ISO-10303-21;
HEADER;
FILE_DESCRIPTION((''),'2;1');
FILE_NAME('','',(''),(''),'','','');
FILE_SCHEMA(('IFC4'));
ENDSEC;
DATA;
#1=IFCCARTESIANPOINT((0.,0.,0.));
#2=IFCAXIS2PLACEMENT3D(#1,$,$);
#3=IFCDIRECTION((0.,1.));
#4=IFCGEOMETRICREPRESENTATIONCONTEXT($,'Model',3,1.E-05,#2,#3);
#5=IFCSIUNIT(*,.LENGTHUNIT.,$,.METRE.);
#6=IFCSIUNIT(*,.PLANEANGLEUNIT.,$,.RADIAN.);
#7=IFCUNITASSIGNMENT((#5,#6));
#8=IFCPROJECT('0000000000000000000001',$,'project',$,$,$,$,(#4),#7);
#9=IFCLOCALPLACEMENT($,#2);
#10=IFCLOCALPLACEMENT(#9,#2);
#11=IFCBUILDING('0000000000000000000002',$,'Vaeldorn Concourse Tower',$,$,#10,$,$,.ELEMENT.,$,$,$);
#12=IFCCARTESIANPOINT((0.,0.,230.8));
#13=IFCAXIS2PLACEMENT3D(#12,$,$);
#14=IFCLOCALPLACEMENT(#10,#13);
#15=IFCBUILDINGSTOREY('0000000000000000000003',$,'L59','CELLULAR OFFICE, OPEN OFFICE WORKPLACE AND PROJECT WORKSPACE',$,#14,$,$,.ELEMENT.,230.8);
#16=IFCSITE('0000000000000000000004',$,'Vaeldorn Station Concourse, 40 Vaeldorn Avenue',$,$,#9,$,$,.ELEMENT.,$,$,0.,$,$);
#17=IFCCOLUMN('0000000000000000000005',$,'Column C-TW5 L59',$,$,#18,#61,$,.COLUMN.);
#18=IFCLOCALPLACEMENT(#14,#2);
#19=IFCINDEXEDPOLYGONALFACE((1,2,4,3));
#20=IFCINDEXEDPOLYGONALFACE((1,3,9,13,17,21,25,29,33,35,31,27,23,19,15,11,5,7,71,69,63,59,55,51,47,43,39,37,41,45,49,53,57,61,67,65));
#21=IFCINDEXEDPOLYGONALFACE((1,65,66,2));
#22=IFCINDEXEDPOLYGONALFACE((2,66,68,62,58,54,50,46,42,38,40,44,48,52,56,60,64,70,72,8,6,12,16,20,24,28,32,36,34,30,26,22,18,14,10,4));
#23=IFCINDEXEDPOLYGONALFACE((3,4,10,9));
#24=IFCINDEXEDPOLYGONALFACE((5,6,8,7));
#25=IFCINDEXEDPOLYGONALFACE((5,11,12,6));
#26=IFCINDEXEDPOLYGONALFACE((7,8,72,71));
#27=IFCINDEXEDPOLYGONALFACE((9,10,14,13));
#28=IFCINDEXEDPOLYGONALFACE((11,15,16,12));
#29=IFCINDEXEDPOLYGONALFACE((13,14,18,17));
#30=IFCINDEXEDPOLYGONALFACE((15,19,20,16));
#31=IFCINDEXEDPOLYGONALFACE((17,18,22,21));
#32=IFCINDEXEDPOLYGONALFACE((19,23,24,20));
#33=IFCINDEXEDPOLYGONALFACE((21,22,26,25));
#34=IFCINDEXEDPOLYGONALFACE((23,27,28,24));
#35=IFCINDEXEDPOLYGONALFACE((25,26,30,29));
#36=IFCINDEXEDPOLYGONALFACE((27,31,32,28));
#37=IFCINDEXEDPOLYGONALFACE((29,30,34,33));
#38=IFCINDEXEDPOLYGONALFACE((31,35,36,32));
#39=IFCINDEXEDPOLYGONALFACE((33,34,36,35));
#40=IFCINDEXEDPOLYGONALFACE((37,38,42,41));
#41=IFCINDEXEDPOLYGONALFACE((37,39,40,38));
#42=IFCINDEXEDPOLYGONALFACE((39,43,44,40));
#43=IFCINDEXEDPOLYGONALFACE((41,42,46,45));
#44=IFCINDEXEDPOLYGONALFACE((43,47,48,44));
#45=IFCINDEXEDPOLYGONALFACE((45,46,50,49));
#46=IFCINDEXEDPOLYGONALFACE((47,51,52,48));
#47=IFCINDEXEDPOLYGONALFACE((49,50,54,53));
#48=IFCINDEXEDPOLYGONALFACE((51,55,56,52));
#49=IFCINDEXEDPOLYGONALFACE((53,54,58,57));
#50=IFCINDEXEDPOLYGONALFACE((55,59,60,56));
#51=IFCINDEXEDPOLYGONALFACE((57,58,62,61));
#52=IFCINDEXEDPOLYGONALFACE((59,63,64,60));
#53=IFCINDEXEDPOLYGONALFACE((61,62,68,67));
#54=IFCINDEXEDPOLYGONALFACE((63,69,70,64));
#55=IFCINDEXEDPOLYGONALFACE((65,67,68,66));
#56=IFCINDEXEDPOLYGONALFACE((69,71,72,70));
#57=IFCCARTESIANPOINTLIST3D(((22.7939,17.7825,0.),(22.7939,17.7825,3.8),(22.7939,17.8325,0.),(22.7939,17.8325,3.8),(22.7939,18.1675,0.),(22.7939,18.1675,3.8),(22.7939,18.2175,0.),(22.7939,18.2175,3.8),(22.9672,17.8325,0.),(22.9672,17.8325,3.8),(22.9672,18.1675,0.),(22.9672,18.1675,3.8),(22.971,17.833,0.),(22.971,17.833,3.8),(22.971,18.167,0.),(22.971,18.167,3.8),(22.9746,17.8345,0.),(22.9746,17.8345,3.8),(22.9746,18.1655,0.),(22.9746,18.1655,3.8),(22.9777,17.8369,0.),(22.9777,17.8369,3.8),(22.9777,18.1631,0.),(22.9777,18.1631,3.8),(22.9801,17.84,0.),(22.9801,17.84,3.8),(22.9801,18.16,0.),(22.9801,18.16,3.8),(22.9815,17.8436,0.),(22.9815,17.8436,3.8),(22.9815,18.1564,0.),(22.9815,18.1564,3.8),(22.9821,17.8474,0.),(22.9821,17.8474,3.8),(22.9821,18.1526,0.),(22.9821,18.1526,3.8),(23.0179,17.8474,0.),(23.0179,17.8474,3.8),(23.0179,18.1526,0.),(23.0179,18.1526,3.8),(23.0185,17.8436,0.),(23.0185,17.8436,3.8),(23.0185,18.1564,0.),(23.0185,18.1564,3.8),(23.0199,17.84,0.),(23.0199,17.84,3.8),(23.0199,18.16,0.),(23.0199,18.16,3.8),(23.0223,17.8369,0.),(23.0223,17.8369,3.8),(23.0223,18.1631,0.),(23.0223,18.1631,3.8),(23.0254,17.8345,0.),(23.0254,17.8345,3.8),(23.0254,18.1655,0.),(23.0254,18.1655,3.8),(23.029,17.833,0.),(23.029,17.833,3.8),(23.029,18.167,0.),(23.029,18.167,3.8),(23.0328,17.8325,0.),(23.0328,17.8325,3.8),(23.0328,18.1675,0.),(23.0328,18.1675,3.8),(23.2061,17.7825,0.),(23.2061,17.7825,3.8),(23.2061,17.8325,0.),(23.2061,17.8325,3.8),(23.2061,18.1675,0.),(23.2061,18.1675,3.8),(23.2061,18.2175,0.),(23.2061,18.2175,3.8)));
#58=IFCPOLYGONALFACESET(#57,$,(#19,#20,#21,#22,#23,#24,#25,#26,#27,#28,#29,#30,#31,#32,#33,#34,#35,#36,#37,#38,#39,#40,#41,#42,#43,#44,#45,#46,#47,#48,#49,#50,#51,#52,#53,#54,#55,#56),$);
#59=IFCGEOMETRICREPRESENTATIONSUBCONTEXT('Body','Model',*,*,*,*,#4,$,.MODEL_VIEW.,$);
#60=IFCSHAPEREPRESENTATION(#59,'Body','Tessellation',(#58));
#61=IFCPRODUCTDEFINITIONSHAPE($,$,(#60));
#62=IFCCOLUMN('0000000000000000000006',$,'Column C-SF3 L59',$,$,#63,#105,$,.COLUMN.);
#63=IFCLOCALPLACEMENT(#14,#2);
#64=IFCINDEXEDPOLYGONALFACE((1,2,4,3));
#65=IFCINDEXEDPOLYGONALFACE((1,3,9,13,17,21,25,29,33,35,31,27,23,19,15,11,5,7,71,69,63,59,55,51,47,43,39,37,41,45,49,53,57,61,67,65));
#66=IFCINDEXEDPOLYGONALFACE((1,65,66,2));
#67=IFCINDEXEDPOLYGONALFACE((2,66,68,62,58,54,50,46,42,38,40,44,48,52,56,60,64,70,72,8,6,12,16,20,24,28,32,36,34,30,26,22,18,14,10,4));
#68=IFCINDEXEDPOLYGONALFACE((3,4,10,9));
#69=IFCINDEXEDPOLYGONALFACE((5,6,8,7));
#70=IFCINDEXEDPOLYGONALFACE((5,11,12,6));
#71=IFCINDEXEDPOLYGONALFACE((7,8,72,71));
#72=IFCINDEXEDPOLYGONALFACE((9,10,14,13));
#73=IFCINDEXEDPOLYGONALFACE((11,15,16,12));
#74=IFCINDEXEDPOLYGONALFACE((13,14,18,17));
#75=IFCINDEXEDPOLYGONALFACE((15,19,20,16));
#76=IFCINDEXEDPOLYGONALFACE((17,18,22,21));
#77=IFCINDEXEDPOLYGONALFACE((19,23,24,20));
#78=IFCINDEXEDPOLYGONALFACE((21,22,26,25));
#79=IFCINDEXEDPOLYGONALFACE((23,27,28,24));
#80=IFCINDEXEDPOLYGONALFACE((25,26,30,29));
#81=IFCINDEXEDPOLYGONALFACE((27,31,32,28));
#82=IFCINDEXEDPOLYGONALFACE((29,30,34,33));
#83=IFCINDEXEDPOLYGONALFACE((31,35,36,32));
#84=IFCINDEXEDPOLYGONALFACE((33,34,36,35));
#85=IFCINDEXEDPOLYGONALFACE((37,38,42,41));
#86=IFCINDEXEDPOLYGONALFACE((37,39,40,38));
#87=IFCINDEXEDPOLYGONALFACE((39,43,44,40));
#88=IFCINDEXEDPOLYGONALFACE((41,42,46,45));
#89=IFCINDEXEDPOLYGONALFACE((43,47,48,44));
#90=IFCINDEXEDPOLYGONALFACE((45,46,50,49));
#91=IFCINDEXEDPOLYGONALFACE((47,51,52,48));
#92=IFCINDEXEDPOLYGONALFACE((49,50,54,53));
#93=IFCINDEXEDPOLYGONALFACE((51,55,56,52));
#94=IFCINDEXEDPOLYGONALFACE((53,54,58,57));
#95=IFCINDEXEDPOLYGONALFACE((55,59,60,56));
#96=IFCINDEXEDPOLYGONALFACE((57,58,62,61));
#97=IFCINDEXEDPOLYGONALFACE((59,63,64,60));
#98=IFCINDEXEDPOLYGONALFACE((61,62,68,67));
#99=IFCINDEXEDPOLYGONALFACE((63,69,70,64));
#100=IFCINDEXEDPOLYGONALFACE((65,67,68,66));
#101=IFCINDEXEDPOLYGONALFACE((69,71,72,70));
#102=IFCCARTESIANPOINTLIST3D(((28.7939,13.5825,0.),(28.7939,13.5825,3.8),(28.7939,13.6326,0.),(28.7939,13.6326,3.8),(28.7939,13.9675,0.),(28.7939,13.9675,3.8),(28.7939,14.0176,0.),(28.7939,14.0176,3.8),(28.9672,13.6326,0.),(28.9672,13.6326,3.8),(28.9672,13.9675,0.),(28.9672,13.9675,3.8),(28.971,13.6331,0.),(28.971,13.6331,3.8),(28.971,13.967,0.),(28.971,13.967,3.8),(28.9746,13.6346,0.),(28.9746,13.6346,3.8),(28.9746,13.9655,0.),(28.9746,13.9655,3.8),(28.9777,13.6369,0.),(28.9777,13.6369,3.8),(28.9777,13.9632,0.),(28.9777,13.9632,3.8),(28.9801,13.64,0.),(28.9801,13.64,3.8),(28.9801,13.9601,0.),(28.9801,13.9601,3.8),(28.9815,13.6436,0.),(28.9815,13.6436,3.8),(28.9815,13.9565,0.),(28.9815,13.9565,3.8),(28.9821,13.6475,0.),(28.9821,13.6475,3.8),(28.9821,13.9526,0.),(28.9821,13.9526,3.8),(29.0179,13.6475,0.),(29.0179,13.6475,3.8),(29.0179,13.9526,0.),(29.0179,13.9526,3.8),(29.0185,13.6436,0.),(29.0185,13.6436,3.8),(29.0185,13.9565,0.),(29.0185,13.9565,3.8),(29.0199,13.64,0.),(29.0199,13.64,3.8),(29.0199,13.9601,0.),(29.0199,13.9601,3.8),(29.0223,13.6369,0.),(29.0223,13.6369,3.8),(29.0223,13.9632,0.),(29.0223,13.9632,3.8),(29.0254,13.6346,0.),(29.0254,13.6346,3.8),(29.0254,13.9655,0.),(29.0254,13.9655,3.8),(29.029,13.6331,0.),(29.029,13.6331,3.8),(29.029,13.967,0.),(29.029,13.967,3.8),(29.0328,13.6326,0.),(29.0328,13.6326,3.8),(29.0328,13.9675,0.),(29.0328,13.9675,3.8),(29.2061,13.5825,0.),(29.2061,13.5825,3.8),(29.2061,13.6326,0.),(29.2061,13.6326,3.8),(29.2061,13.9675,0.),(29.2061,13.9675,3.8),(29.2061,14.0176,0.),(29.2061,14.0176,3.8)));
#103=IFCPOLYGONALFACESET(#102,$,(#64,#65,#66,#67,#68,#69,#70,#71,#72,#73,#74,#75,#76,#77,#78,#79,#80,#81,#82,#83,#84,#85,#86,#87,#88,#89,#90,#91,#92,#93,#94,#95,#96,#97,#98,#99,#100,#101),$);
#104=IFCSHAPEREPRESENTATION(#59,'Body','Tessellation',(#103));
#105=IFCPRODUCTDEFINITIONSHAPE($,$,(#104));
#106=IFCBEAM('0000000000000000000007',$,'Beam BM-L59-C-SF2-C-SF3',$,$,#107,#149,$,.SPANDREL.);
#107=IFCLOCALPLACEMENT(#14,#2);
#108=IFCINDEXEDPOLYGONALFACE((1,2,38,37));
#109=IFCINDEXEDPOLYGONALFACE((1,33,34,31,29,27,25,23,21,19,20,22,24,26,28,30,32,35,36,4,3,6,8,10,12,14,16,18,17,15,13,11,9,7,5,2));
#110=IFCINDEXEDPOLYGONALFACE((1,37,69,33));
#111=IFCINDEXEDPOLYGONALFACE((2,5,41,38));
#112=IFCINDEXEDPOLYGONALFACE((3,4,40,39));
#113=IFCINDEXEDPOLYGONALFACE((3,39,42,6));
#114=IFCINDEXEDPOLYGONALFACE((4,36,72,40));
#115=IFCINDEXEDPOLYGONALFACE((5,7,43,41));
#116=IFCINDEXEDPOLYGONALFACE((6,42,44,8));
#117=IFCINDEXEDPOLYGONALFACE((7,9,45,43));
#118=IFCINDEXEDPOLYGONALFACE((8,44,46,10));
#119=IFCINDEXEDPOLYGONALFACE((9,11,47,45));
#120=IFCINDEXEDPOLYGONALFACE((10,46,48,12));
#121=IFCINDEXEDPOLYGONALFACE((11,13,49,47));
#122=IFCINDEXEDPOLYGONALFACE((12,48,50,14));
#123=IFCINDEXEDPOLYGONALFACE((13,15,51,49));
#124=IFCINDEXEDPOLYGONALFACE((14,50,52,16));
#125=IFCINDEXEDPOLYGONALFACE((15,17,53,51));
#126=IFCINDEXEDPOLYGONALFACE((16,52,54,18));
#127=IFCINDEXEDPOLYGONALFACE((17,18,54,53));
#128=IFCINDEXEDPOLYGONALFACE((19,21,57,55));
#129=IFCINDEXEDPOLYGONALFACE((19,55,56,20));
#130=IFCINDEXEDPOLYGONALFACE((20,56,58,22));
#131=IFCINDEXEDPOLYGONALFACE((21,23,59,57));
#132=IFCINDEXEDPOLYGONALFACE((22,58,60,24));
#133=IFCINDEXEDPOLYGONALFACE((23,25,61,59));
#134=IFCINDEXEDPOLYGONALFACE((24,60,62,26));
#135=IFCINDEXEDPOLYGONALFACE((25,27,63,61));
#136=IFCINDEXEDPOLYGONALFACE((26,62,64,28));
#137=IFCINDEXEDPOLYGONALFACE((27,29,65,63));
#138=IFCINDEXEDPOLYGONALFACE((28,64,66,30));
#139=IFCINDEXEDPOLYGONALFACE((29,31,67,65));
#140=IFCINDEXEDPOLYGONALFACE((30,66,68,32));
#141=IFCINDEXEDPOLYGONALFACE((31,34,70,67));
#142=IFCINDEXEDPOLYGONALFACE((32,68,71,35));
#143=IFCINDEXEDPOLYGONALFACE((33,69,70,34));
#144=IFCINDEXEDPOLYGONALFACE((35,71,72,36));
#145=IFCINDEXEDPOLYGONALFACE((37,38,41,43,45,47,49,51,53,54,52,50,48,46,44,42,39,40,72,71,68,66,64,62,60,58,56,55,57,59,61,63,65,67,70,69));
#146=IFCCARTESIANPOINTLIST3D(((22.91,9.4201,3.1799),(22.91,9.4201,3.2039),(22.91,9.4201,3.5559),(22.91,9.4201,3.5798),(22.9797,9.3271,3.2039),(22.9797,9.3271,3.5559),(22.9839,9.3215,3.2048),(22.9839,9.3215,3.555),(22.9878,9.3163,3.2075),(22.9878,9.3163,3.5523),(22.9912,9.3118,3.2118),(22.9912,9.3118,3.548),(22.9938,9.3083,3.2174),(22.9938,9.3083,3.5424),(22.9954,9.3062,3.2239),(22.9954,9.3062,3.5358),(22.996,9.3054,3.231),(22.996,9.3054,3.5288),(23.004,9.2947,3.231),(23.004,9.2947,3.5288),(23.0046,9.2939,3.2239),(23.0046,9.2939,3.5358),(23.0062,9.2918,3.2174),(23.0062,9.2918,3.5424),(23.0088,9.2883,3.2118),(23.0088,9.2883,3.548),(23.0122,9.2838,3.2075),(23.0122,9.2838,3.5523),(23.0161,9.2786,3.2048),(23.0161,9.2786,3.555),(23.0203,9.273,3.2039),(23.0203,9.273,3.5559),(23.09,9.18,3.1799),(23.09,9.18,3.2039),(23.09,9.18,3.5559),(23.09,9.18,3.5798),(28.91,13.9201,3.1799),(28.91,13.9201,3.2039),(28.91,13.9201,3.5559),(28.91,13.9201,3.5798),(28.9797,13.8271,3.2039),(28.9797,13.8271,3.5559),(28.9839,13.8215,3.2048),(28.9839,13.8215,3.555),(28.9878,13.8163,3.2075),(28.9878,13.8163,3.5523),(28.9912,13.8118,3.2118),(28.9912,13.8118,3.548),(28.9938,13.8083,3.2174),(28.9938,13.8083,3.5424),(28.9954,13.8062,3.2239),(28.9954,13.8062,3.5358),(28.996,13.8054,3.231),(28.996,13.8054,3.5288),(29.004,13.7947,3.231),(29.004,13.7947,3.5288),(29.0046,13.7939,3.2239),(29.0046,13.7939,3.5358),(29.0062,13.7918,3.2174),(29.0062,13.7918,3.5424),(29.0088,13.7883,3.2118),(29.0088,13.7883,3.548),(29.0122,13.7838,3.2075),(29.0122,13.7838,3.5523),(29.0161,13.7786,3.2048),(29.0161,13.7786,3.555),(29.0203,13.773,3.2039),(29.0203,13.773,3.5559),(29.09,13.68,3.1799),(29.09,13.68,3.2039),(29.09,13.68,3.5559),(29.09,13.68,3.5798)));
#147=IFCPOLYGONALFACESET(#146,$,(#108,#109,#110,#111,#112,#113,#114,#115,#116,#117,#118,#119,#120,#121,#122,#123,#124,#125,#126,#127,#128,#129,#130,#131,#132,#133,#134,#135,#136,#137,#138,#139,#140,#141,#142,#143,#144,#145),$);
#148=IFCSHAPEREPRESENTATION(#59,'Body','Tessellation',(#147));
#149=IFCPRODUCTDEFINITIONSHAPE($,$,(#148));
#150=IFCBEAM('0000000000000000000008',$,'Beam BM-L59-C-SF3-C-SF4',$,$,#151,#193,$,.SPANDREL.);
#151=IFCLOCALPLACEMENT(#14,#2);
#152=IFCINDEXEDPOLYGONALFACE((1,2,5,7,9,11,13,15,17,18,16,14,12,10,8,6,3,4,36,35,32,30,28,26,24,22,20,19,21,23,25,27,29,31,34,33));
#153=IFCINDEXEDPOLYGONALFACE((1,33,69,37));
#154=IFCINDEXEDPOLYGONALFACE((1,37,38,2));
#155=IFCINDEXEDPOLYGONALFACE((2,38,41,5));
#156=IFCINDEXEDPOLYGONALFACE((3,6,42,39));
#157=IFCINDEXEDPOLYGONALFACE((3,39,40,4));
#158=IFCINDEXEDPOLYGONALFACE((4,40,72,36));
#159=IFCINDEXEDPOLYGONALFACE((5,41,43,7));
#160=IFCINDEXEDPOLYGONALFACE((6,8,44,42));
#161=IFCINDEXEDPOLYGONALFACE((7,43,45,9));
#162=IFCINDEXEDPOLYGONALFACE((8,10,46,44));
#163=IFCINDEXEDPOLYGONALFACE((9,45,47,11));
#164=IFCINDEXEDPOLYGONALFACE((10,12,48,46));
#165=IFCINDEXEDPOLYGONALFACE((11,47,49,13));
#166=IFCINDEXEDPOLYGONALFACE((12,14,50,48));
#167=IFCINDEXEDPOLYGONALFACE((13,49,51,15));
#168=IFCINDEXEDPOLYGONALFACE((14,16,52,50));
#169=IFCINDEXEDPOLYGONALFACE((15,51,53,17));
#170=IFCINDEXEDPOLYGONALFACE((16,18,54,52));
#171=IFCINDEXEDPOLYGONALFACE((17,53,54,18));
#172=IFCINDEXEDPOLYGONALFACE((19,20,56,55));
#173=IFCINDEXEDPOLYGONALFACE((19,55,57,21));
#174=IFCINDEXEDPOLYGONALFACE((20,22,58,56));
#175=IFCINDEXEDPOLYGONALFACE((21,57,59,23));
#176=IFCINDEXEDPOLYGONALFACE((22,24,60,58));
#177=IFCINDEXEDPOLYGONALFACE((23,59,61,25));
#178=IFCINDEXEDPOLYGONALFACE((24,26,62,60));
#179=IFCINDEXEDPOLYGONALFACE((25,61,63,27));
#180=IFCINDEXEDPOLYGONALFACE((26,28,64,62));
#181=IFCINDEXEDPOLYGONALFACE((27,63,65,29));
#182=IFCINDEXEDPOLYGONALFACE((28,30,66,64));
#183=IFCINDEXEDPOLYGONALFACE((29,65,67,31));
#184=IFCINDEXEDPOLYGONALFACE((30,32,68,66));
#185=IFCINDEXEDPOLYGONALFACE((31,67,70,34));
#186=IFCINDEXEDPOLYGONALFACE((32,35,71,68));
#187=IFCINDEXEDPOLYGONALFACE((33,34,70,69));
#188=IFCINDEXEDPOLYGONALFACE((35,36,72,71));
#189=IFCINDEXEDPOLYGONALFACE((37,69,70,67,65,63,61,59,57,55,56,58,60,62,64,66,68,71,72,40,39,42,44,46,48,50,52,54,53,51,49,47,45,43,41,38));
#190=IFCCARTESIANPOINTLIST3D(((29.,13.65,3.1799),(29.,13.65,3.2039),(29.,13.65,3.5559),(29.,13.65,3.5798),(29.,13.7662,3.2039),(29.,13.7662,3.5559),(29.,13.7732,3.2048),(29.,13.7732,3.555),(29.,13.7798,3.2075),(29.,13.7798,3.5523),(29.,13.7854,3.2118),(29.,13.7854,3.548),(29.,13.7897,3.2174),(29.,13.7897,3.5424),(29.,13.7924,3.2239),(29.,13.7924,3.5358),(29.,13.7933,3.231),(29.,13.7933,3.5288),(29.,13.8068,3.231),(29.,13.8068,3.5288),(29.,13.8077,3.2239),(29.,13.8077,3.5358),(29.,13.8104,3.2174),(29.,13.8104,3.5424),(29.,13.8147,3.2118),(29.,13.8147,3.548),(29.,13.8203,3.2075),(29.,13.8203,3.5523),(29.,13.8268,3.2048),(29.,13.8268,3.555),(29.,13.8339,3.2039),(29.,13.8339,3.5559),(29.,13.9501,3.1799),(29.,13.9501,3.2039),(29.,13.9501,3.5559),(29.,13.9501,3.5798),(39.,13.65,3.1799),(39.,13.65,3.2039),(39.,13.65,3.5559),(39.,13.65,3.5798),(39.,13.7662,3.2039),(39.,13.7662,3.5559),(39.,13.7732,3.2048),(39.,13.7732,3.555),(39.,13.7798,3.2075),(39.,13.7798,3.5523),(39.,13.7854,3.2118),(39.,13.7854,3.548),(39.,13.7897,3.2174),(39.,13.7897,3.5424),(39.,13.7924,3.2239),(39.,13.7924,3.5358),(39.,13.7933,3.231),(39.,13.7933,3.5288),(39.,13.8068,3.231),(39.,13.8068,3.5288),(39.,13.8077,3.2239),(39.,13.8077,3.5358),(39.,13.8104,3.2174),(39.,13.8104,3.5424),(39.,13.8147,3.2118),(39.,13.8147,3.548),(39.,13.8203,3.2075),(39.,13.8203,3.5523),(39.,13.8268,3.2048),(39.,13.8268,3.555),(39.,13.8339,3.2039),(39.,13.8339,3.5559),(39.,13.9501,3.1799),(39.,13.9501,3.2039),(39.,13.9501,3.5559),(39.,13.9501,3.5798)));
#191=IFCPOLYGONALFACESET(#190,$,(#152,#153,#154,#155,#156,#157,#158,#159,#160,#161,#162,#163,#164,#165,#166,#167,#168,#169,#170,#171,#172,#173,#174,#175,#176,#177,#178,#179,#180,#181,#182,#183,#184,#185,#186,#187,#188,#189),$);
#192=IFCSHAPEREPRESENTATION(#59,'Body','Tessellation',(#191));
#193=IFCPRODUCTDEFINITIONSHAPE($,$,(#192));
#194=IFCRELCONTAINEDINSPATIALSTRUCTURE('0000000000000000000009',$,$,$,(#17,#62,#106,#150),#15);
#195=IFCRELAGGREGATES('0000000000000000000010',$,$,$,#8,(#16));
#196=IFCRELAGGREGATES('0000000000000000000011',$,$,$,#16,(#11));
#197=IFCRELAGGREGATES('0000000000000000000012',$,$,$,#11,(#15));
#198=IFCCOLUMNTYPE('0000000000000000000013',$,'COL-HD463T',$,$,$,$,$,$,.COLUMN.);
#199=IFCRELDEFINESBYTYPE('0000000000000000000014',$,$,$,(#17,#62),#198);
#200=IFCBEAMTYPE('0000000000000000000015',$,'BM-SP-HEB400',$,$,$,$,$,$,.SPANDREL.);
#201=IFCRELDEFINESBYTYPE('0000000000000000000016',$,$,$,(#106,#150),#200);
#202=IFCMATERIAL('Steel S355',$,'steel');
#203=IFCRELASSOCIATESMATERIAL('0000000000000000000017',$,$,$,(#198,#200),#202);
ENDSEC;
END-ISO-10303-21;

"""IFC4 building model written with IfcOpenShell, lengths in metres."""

from ifc_helpers import new_model, si_unit, direction, frame, origin, origin_2d, place, context, subcontext, project, spatial, i_section, extrude, source, transform, mapped, material, material_profile, profile_set, type_object, element, save


model = new_model("IFC4")

# Units and contexts
model_context = context("Model", 3, precision=1e-05, world=origin(), true_north=direction((0.0, 1.0)))
body_context = subcontext(model_context, "Body", "Model", "MODEL_VIEW")
ifc_project = project(units=[si_unit("LENGTHUNIT", "METRE"), si_unit("PLANEANGLEUNIT", "RADIAN")], contexts=[model_context])

# Site, building, storey
site_placement = place(None, origin())
site = spatial("IfcSite", under=ifc_project, at=site_placement, Name="Vaeldorn Station Concourse, 40 Vaeldorn Avenue", CompositionType="ELEMENT", RefElevation=0.0)
building_placement = place(site_placement, origin())
building = spatial("IfcBuilding", under=site, at=building_placement, Name="Vaeldorn Concourse Tower", CompositionType="ELEMENT")
storey_placement = place(building_placement, frame((0.0, 0.0, 230.8)))
storey = spatial("IfcBuildingStorey", under=building, at=storey_placement, Name="L59", Description="CELLULAR OFFICE, OPEN OFFICE WORKPLACE AND PROJECT WORKSPACE", CompositionType="ELEMENT", Elevation=230.8)

# Columns
ifc_material_1 = material(Name="Steel S355", Category="steel")
ifc_material_profile_1 = material_profile(ifc_material_1, i_section(OverallWidth=0.4121, OverallDepth=0.4351, WebThickness=0.0359, FlangeThickness=0.05, FilletRadius=0.0149, at=origin_2d()), Name="HD 400x463")
ifc_profile_set_1 = profile_set([ifc_material_profile_1], Name="Steel S355")
column_type = type_object("IfcColumnType", Name="COL-HD463T", PredefinedType="COLUMN", material=ifc_profile_set_1)
shared_shape_1 = source(origin(), body_context, "Body", "SweptSolid", [
    extrude(i_section(OverallWidth=0.4121, OverallDepth=0.4351, WebThickness=0.0359, FlangeThickness=0.05, FilletRadius=0.0149, at=origin_2d()), origin(), (0.0, 0.0, 1.0), 3.8),
])
for number, where, z_axis, x_axis, name in (
    (1, (23.0, 18.0, 0.0), (0.0, 0.0, 1.0), (1.0, 0.0, 0.0), "Column C-TW5 L59"),
    (2, (29.0, 13.8, 0.0), (0.0, 0.0, 1.0), (1.0, 0.0, 0.0), "Column C-SF3 L59"),
):
    element("IfcColumn", number, at=place(storey_placement, frame(where, z_axis=z_axis, x_axis=x_axis)), inside=storey, type_object=column_type, Name=name, PredefinedType="COLUMN", context=body_context, shape_type="MappedRepresentation", body=[
        mapped(shared_shape_1, transform((0.0, 0.0, 0.0), scale=1.0)),
    ])

# Beams
ifc_material_profile_2 = material_profile(ifc_material_1, i_section(OverallWidth=0.3, OverallDepth=0.3999, WebThickness=0.0134, FlangeThickness=0.0239, FilletRadius=0.0271, at=origin_2d()), Name="HEB 400")
ifc_profile_set_2 = profile_set([ifc_material_profile_2], Name="Steel S355")
beam_type_1 = type_object("IfcBeamType", Name="BM-SP-HEB400", PredefinedType="SPANDREL", material=ifc_profile_set_2)
shared_shape_2 = source(origin(), body_context, "Body", "SweptSolid", [
    extrude(i_section(OverallWidth=0.3, OverallDepth=0.3999, WebThickness=0.0134, FlangeThickness=0.0239, FilletRadius=0.0271, at=origin_2d()), origin(), (0.0, 0.0, 1.0), 7.5),
])
beam_1_placement = place(storey_placement, frame((23.0, 9.3, 3.3799), z_axis=(0.8, 0.6, 0.0), x_axis=(-0.6, 0.8, 0.0)))
element("IfcBeam", 3, at=beam_1_placement, inside=storey, type_object=beam_type_1, Name="Beam BM-L59-C-SF2-C-SF3", PredefinedType="SPANDREL", context=body_context, shape_type="MappedRepresentation", body=[
    mapped(shared_shape_2, transform((0.0, 0.0, 0.0), scale=1.0)),
])
shared_shape_3 = source(origin(), body_context, "Body", "SweptSolid", [
    extrude(i_section(OverallWidth=0.3, OverallDepth=0.3999, WebThickness=0.0134, FlangeThickness=0.0239, FilletRadius=0.0271, at=origin_2d()), origin(), (0.0, 0.0, 1.0), 10.0),
])
beam_2_placement = place(storey_placement, frame((29.0, 13.8, 3.3799), z_axis=(1.0, 0.0, 0.0), x_axis=(0.0, 1.0, 0.0)))
element("IfcBeam", 4, at=beam_2_placement, inside=storey, type_object=beam_type_1, Name="Beam BM-L59-C-SF3-C-SF4", PredefinedType="SPANDREL", context=body_context, shape_type="MappedRepresentation", body=[
    mapped(shared_shape_3, transform((0.0, 0.0, 0.0), scale=1.0)),
])

save(model, "model.ifc")
